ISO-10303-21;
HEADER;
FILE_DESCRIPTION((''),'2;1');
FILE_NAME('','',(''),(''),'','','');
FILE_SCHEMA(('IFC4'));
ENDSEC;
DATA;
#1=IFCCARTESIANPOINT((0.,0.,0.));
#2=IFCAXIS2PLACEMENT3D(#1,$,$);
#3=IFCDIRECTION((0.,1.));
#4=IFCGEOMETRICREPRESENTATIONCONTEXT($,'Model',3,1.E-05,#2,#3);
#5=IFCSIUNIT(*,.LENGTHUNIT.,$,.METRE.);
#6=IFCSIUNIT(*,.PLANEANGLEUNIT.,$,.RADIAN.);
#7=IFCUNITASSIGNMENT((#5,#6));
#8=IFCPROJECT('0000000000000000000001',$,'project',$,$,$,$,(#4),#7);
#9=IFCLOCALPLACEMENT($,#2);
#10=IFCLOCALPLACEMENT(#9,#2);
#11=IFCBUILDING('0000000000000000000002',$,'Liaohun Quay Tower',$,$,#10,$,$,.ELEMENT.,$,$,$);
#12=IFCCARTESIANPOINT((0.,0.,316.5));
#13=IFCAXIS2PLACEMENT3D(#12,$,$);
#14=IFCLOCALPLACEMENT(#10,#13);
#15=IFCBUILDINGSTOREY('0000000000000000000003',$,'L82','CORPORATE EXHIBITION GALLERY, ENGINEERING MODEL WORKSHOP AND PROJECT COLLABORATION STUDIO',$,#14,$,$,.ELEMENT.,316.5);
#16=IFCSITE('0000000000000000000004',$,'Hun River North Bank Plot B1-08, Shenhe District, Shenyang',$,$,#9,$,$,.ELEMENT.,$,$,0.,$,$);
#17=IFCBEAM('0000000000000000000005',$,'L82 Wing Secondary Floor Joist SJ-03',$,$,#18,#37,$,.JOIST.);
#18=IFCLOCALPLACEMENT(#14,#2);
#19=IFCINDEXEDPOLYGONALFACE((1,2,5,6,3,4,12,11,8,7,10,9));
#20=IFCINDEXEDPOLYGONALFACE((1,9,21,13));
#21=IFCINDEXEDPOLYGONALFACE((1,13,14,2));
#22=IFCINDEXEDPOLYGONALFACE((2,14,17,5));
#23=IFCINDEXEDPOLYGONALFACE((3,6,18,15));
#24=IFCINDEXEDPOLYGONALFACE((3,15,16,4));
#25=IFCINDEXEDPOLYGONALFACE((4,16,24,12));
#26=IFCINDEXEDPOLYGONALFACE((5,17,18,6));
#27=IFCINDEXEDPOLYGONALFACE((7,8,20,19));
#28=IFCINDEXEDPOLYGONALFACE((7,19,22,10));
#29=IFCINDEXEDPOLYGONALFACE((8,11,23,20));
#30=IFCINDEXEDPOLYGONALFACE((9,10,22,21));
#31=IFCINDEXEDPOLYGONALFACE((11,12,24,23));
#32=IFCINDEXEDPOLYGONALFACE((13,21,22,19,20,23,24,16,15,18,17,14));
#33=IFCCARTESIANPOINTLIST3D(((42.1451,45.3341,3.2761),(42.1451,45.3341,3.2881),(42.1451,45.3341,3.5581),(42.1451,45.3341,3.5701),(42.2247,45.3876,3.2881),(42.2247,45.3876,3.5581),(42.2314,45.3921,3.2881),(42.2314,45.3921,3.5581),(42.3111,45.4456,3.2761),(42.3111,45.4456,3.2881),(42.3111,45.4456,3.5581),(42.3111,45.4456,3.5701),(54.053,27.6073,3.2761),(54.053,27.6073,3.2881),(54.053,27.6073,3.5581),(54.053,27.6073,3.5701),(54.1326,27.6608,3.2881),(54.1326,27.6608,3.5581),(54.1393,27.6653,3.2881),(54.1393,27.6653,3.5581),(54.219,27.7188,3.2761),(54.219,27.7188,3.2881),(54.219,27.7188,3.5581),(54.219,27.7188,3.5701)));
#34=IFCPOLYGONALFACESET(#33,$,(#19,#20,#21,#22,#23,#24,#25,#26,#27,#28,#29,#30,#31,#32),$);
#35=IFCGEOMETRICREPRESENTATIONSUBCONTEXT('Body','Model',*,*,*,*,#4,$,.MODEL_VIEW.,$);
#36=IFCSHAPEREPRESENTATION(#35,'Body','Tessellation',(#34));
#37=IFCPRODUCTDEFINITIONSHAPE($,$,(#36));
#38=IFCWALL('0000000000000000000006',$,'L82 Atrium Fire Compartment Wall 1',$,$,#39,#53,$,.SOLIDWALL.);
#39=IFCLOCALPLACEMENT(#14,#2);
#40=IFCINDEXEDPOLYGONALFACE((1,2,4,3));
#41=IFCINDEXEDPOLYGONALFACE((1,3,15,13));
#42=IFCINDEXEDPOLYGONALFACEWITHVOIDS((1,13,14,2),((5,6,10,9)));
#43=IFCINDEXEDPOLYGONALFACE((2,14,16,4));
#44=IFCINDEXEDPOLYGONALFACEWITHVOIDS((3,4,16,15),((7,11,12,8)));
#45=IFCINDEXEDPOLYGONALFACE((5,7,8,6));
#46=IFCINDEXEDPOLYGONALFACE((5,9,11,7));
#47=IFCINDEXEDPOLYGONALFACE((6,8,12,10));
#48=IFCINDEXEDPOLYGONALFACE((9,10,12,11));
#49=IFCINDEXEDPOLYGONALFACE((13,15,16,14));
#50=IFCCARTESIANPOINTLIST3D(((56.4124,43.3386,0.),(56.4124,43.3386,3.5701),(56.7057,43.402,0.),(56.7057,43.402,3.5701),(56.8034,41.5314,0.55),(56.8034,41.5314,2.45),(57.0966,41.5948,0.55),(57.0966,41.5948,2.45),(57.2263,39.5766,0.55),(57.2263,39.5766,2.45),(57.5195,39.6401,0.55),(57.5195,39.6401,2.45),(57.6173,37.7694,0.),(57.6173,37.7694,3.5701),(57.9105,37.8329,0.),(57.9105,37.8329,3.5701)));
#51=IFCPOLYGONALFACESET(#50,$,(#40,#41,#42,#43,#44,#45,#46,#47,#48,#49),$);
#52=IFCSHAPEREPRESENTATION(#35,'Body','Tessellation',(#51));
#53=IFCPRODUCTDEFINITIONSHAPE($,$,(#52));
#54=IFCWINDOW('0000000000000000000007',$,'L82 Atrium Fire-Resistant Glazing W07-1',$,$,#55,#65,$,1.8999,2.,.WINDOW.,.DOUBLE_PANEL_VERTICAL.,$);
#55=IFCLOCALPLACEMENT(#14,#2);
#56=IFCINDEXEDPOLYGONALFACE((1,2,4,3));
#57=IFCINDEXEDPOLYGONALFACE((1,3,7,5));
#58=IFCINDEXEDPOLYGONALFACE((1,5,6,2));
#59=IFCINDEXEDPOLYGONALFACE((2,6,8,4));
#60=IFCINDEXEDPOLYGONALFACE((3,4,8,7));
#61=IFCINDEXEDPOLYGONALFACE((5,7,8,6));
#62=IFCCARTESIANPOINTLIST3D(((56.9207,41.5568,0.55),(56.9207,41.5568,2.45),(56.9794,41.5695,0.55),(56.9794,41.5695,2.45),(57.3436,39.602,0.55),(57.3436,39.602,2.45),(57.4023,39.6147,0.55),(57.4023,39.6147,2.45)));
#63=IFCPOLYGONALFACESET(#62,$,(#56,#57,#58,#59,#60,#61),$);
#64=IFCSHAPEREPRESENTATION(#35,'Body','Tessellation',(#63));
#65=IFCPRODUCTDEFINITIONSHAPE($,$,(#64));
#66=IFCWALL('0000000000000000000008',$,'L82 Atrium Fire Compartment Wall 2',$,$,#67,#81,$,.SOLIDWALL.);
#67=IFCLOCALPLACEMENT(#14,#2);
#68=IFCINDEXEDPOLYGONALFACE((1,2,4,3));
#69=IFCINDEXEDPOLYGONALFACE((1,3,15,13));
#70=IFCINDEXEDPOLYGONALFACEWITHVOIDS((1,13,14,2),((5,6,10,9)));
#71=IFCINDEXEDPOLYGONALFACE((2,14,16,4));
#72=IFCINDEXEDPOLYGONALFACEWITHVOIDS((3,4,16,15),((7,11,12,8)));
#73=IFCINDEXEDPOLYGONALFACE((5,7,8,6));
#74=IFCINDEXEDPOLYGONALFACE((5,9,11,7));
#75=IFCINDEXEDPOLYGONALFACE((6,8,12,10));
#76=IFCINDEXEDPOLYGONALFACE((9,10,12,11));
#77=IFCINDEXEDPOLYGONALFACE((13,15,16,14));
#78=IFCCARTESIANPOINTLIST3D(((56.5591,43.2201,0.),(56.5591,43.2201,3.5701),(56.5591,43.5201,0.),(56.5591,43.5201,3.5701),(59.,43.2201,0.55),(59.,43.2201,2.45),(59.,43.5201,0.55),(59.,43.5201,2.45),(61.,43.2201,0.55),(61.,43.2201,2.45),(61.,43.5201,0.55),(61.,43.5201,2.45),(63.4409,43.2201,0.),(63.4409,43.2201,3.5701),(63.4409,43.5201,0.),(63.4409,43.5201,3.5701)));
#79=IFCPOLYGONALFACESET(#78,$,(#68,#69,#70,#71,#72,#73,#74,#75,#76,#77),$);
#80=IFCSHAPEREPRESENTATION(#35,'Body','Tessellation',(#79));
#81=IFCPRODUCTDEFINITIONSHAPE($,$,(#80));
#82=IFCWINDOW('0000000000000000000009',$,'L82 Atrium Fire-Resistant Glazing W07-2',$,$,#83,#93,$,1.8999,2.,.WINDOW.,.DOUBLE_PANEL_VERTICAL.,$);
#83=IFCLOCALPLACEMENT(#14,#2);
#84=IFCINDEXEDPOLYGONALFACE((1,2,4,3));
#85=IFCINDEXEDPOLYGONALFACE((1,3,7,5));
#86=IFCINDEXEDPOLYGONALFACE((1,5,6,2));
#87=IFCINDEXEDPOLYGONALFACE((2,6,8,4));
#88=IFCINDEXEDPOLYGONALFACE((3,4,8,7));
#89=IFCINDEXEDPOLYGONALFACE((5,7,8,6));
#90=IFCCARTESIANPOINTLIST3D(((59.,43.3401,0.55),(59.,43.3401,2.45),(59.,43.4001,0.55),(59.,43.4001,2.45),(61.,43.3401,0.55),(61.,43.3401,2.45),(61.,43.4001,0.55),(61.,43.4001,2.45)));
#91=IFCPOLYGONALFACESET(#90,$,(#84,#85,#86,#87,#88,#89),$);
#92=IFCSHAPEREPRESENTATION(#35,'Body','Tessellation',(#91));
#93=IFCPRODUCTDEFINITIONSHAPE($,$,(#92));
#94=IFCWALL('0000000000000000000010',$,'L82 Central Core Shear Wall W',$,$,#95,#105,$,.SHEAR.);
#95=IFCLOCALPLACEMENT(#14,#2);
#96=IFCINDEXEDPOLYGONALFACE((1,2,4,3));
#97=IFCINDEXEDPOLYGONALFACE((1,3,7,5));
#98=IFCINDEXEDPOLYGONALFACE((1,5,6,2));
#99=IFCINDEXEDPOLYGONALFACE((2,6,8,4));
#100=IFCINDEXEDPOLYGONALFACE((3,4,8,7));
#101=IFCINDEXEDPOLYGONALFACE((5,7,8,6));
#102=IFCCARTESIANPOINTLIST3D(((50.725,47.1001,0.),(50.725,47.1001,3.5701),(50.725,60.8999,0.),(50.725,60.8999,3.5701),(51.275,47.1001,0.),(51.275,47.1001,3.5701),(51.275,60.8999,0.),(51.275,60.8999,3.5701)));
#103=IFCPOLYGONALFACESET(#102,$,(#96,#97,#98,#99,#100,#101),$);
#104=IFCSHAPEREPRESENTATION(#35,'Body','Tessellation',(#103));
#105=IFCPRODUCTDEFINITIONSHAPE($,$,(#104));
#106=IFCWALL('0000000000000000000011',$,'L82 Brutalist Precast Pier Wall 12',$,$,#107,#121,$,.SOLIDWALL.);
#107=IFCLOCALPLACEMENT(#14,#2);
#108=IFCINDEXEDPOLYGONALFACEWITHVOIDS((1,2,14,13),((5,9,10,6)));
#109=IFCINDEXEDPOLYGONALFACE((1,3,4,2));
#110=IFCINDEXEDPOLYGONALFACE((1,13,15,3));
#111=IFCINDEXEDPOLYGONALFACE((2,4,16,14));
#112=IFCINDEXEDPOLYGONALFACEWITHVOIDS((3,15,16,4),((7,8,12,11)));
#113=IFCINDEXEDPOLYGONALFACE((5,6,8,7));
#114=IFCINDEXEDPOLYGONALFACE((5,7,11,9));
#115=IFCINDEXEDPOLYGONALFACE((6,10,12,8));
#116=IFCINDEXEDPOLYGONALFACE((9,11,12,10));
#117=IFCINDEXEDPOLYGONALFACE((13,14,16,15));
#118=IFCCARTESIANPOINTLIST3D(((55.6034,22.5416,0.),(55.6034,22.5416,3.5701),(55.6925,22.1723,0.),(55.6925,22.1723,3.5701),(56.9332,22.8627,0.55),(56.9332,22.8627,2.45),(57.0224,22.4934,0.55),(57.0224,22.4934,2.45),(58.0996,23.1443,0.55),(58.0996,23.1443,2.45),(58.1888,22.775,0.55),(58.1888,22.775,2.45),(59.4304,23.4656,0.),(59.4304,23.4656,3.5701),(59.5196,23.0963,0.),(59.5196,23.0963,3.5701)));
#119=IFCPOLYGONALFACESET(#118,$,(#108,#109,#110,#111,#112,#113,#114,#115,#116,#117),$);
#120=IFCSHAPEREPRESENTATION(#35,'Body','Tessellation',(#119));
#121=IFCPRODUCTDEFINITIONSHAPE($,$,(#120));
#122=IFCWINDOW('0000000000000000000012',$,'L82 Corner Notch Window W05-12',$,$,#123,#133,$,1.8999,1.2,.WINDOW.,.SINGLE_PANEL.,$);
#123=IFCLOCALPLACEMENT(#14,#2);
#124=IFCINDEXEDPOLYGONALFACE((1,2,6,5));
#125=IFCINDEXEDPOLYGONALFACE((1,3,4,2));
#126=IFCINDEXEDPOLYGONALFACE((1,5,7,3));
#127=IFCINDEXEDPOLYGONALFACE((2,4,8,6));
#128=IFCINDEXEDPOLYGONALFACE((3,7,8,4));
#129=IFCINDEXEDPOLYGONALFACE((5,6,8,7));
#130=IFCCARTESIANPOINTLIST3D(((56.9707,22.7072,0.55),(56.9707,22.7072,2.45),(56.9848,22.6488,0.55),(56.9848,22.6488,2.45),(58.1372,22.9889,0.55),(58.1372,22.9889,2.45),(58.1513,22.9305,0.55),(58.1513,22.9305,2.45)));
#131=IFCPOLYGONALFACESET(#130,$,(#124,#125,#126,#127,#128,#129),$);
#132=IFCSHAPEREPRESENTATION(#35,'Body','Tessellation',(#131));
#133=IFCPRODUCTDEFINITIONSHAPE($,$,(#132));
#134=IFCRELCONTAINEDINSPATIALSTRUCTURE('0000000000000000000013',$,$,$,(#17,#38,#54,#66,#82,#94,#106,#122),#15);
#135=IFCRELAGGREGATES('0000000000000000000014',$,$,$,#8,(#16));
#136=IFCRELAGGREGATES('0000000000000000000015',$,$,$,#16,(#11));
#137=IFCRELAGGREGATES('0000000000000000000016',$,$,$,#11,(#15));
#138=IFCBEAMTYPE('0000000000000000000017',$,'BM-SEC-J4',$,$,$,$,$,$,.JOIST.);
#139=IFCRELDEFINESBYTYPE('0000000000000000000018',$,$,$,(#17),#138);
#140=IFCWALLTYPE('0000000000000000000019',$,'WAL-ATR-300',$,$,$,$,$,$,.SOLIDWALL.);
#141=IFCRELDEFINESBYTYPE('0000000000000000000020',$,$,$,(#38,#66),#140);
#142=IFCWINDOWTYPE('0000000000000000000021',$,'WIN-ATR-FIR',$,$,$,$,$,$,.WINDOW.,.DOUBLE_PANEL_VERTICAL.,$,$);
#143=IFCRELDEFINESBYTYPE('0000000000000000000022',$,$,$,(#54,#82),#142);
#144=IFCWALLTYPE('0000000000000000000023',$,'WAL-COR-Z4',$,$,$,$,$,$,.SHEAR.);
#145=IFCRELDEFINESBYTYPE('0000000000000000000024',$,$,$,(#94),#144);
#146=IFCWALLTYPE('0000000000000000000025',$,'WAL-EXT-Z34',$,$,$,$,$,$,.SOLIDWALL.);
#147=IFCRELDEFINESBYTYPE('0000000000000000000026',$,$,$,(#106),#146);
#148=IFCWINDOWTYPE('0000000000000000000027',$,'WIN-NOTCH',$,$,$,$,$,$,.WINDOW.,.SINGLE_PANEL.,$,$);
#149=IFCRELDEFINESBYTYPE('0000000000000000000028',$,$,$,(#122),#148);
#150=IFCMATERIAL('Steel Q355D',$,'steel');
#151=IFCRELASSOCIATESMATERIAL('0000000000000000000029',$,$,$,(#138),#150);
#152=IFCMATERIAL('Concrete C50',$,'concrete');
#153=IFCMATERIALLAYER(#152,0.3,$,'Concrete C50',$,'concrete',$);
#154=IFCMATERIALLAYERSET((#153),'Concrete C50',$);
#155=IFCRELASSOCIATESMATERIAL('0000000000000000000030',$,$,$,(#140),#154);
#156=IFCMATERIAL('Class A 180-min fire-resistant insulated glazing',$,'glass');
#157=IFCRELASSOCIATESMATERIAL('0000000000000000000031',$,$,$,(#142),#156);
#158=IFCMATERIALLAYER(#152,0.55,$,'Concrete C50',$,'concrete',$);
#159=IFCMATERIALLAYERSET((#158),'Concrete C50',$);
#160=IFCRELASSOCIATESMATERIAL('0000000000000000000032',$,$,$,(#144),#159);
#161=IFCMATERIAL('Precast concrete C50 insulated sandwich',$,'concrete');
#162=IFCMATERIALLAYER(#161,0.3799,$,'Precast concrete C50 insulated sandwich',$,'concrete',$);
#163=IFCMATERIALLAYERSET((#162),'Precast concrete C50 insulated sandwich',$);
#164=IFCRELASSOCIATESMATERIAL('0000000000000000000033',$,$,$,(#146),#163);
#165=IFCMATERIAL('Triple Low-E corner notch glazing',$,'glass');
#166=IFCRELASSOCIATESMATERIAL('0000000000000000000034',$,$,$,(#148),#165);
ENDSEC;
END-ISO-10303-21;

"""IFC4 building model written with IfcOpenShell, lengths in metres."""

from ifc_helpers import new_model, si_unit, direction, frame, frame_2d, origin, origin_2d, place, context, subcontext, project, spatial, rectangle, i_section, extrude, source, transform, mapped, material, layer, layer_set, material_profile, profile_set, type_object, element, fill, save


model = new_model("IFC4")

# Units and contexts
model_context = context("Model", 3, precision=1e-05, world=origin(), true_north=direction((0.0, 1.0)))
body_context = subcontext(model_context, "Body", "Model", "MODEL_VIEW")
ifc_project = project(units=[si_unit("LENGTHUNIT", "METRE"), si_unit("PLANEANGLEUNIT", "RADIAN")], contexts=[model_context])

# Site, building, storey
site_placement = place(None, origin())
site = spatial("IfcSite", under=ifc_project, at=site_placement, Name="Hun River North Bank Plot B1-08, Shenhe District, Shenyang", CompositionType="ELEMENT", RefElevation=0.0)
building_placement = place(site_placement, origin())
building = spatial("IfcBuilding", under=site, at=building_placement, Name="Liaohun Quay Tower", CompositionType="ELEMENT")
storey_placement = place(building_placement, frame((0.0, 0.0, 316.5)))
storey = spatial("IfcBuildingStorey", under=building, at=storey_placement, Name="L82", Description="CORPORATE EXHIBITION GALLERY, ENGINEERING MODEL WORKSHOP AND PROJECT COLLABORATION STUDIO", CompositionType="ELEMENT", Elevation=316.5)

# Shared definitions
ifc_material_1 = material(Name="Concrete C50", Category="concrete")

# Beam
ifc_material_2 = material(Name="Steel Q355D", Category="steel")
ifc_material_profile_1 = material_profile(ifc_material_2, i_section(OverallWidth=0.2, OverallDepth=0.2939, WebThickness=0.0081, FlangeThickness=0.012, at=origin_2d()), Name="HM294x200x8x12")
ifc_profile_set_1 = profile_set([ifc_material_profile_1], Name="Steel Q355D")
beam_type_1 = type_object("IfcBeamType", Name="BM-SEC-J4", PredefinedType="JOIST", material=ifc_profile_set_1)
shared_shape_1 = source(origin(), body_context, "Body", "SweptSolid", [
    extrude(i_section(OverallWidth=0.2, OverallDepth=0.2939, WebThickness=0.0081, FlangeThickness=0.012, at=origin_2d()), origin(), (0.0, 0.0, 1.0), 21.355),
])
beam_1_placement = place(storey_placement, frame((54.136, 27.6631, 3.4231), z_axis=(-0.557617, 0.830098, 0.0), x_axis=(-0.830098, -0.557617, 0.0)))
element("IfcBeam", 1, at=beam_1_placement, inside=storey, type_object=beam_type_1, Name="L82 Wing Secondary Floor Joist SJ-03", PredefinedType="JOIST", context=body_context, shape_type="MappedRepresentation", body=[
    mapped(shared_shape_1, transform((0.0, 0.0, 0.0), x_axis=(1.0, 0.0, 0.0), y_axis=(0.0, 1.0, 0.0), z_axis=(0.0, 0.0, 1.0), scale=1.0)),
])

# Walls, openings, windows
ifc_layer_1 = layer(ifc_material_1, 0.3, Name="Concrete C50", Category="concrete")
ifc_layer_set_1 = layer_set([ifc_layer_1], Name="Concrete C50")
wall_type_1 = type_object("IfcWallType", Name="WAL-ATR-300", PredefinedType="SOLIDWALL", material=ifc_layer_set_1)
wall_1_placement = place(storey_placement, frame((57.7639, 37.801, 0.0), z_axis=(0.0, 0.0, 1.0), x_axis=(-0.211451, 0.977389, 0.0)))
wall_1 = element("IfcWall", 2, at=wall_1_placement, inside=storey, type_object=wall_type_1, Name="L82 Atrium Fire Compartment Wall 1", PredefinedType="SOLIDWALL", context=body_context, shape_type="SweptSolid", body=[
    extrude(rectangle(XDim=5.698, YDim=0.3, at=frame_2d((2.8491, 0.0))), origin(), (0.0, 0.0, 1.0), 3.5701),
])
shared_shape_2 = source(origin(), body_context, "Body", "SweptSolid", [
    extrude(rectangle(XDim=2.0, YDim=1.8999, at=frame_2d((1.0, 0.95))), frame((0.0, 0.1599, 0.0), z_axis=(0.0, -1.0, 0.0), x_axis=(1.0, 0.0, 0.0)), (0.0, 0.0, 1.0), 0.3201),
])
opening_1_placement = place(wall_1_placement, frame((1.8491, 0.0, 0.55)))
opening_1 = element("IfcOpeningElement", 3, at=opening_1_placement, cuts=wall_1, PredefinedType="OPENING", context=body_context, shape_type="MappedRepresentation", body=[
    mapped(shared_shape_2, transform((0.0, 0.0, 0.0), x_axis=(1.0, 0.0, 0.0), y_axis=(0.0, 1.0, 0.0), z_axis=(0.0, 0.0, 1.0), scale=1.0)),
])
ifc_material_3 = material(Name="Class A 180-min fire-resistant insulated glazing", Category="glass")
window_type_1 = type_object("IfcWindowType", Name="WIN-ATR-FIR", PartitioningType="DOUBLE_PANEL_VERTICAL", PredefinedType="WINDOW", material=ifc_material_3)
shared_shape_3 = source(origin(), body_context, "Body", "SweptSolid", [
    extrude(rectangle(XDim=2.0, YDim=1.8999, at=frame_2d((1.0, 0.95))), frame((0.0, 0.03, 0.0), z_axis=(0.0, -1.0, 0.0), x_axis=(1.0, 0.0, 0.0)), (0.0, 0.0, 1.0), 0.0601),
])
window_1_placement = place(opening_1_placement, origin())
window_1 = element("IfcWindow", 4, at=window_1_placement, inside=storey, type_object=window_type_1, Name="L82 Atrium Fire-Resistant Glazing W07-1", OverallHeight=1.8999, OverallWidth=2.0, PartitioningType="DOUBLE_PANEL_VERTICAL", PredefinedType="WINDOW", context=body_context, shape_type="MappedRepresentation", body=[
    mapped(shared_shape_3, transform((0.0, 0.0, 0.0), x_axis=(1.0, 0.0, 0.0), y_axis=(0.0, 1.0, 0.0), z_axis=(0.0, 0.0, 1.0), scale=1.0)),
])
fill(opening_1, window_1)
wall_2_placement = place(storey_placement, frame((56.5591, 43.3701, 0.0), z_axis=(0.0, 0.0, 1.0), x_axis=(1.0, 0.0, 0.0)))
wall_2 = element("IfcWall", 5, at=wall_2_placement, inside=storey, type_object=wall_type_1, Name="L82 Atrium Fire Compartment Wall 2", PredefinedType="SOLIDWALL", context=body_context, shape_type="SweptSolid", body=[
    extrude(rectangle(XDim=6.8818, YDim=0.3, at=frame_2d((3.4409, 0.0))), origin(), (0.0, 0.0, 1.0), 3.5701),
])
opening_2_placement = place(wall_2_placement, frame((2.4409, 0.0, 0.55)))
opening_2 = element("IfcOpeningElement", 6, at=opening_2_placement, cuts=wall_2, PredefinedType="OPENING", context=body_context, shape_type="MappedRepresentation", body=[
    mapped(shared_shape_2, transform((0.0, 0.0, 0.0), x_axis=(1.0, 0.0, 0.0), y_axis=(0.0, 1.0, 0.0), z_axis=(0.0, 0.0, 1.0), scale=1.0)),
])
window_2_placement = place(opening_2_placement, origin())
window_2 = element("IfcWindow", 7, at=window_2_placement, inside=storey, type_object=window_type_1, Name="L82 Atrium Fire-Resistant Glazing W07-2", OverallHeight=1.8999, OverallWidth=2.0, PartitioningType="DOUBLE_PANEL_VERTICAL", PredefinedType="WINDOW", context=body_context, shape_type="MappedRepresentation", body=[
    mapped(shared_shape_3, transform((0.0, 0.0, 0.0), x_axis=(1.0, 0.0, 0.0), y_axis=(0.0, 1.0, 0.0), z_axis=(0.0, 0.0, 1.0), scale=1.0)),
])
fill(opening_2, window_2)

# Wall
ifc_layer_2 = layer(ifc_material_1, 0.55, Name="Concrete C50", Category="concrete")
ifc_layer_set_2 = layer_set([ifc_layer_2], Name="Concrete C50")
wall_type_2 = type_object("IfcWallType", Name="WAL-COR-Z4", PredefinedType="SHEAR", material=ifc_layer_set_2)
wall_3_placement = place(storey_placement, frame((51.0, 47.1001, 0.0), z_axis=(0.0, 0.0, 1.0), x_axis=(0.0, 1.0, 0.0)))
element("IfcWall", 8, at=wall_3_placement, inside=storey, type_object=wall_type_2, Name="L82 Central Core Shear Wall W", PredefinedType="SHEAR", context=body_context, shape_type="SweptSolid", body=[
    extrude(rectangle(XDim=13.7998, YDim=0.55, at=frame_2d((6.8999, 0.0))), origin(), (0.0, 0.0, 1.0), 3.5701),
])

# Wall, opening, window
ifc_material_4 = material(Name="Precast concrete C50 insulated sandwich", Category="concrete")
ifc_layer_3 = layer(ifc_material_4, 0.3799, Name="Precast concrete C50 insulated sandwich", Category="concrete")
ifc_layer_set_3 = layer_set([ifc_layer_3], Name="Precast concrete C50 insulated sandwich")
wall_type_3 = type_object("IfcWallType", Name="WAL-EXT-Z34", PredefinedType="SOLIDWALL", material=ifc_layer_set_3)
wall_4_placement = place(storey_placement, frame((55.6479, 22.3569, 0.0), z_axis=(0.0, 0.0, 1.0), x_axis=(0.972066, 0.234707, 0.0)))
wall_4 = element("IfcWall", 9, at=wall_4_placement, inside=storey, type_object=wall_type_3, Name="L82 Brutalist Precast Pier Wall 12", PredefinedType="SOLIDWALL", context=body_context, shape_type="SweptSolid", body=[
    extrude(rectangle(XDim=3.937, YDim=0.3799, at=frame_2d((1.9685, 0.0))), origin(), (0.0, 0.0, 1.0), 3.5701),
])
shared_shape_4 = source(origin(), body_context, "Body", "SweptSolid", [
    extrude(rectangle(XDim=1.2, YDim=1.8999, at=frame_2d((0.6001, 0.95))), frame((0.0, 0.2, 0.0), z_axis=(0.0, -1.0, 0.0), x_axis=(1.0, 0.0, 0.0)), (0.0, 0.0, 1.0), 0.3999),
])
opening_3_placement = place(wall_4_placement, frame((1.3679, 0.0, 0.55)))
opening_3 = element("IfcOpeningElement", 10, at=opening_3_placement, cuts=wall_4, PredefinedType="OPENING", context=body_context, shape_type="MappedRepresentation", body=[
    mapped(shared_shape_4, transform((0.0, 0.0, 0.0), x_axis=(1.0, 0.0, 0.0), y_axis=(0.0, 1.0, 0.0), z_axis=(0.0, 0.0, 1.0), scale=1.0)),
])
ifc_material_5 = material(Name="Triple Low-E corner notch glazing", Category="glass")
window_type_2 = type_object("IfcWindowType", Name="WIN-NOTCH", PartitioningType="SINGLE_PANEL", PredefinedType="WINDOW", material=ifc_material_5)
shared_shape_5 = source(origin(), body_context, "Body", "SweptSolid", [
    extrude(rectangle(XDim=1.2, YDim=1.8999, at=frame_2d((0.6001, 0.95))), frame((0.0, 0.03, 0.0), z_axis=(0.0, -1.0, 0.0), x_axis=(1.0, 0.0, 0.0)), (0.0, 0.0, 1.0), 0.0601),
])
window_3_placement = place(opening_3_placement, origin())
window_3 = element("IfcWindow", 11, at=window_3_placement, inside=storey, type_object=window_type_2, Name="L82 Corner Notch Window W05-12", OverallHeight=1.8999, OverallWidth=1.2, PartitioningType="SINGLE_PANEL", PredefinedType="WINDOW", context=body_context, shape_type="MappedRepresentation", body=[
    mapped(shared_shape_5, transform((0.0, 0.0, 0.0), x_axis=(1.0, 0.0, 0.0), y_axis=(0.0, 1.0, 0.0), z_axis=(0.0, 0.0, 1.0), scale=1.0)),
])
fill(opening_3, window_3)

save(model, "model.ifc")
